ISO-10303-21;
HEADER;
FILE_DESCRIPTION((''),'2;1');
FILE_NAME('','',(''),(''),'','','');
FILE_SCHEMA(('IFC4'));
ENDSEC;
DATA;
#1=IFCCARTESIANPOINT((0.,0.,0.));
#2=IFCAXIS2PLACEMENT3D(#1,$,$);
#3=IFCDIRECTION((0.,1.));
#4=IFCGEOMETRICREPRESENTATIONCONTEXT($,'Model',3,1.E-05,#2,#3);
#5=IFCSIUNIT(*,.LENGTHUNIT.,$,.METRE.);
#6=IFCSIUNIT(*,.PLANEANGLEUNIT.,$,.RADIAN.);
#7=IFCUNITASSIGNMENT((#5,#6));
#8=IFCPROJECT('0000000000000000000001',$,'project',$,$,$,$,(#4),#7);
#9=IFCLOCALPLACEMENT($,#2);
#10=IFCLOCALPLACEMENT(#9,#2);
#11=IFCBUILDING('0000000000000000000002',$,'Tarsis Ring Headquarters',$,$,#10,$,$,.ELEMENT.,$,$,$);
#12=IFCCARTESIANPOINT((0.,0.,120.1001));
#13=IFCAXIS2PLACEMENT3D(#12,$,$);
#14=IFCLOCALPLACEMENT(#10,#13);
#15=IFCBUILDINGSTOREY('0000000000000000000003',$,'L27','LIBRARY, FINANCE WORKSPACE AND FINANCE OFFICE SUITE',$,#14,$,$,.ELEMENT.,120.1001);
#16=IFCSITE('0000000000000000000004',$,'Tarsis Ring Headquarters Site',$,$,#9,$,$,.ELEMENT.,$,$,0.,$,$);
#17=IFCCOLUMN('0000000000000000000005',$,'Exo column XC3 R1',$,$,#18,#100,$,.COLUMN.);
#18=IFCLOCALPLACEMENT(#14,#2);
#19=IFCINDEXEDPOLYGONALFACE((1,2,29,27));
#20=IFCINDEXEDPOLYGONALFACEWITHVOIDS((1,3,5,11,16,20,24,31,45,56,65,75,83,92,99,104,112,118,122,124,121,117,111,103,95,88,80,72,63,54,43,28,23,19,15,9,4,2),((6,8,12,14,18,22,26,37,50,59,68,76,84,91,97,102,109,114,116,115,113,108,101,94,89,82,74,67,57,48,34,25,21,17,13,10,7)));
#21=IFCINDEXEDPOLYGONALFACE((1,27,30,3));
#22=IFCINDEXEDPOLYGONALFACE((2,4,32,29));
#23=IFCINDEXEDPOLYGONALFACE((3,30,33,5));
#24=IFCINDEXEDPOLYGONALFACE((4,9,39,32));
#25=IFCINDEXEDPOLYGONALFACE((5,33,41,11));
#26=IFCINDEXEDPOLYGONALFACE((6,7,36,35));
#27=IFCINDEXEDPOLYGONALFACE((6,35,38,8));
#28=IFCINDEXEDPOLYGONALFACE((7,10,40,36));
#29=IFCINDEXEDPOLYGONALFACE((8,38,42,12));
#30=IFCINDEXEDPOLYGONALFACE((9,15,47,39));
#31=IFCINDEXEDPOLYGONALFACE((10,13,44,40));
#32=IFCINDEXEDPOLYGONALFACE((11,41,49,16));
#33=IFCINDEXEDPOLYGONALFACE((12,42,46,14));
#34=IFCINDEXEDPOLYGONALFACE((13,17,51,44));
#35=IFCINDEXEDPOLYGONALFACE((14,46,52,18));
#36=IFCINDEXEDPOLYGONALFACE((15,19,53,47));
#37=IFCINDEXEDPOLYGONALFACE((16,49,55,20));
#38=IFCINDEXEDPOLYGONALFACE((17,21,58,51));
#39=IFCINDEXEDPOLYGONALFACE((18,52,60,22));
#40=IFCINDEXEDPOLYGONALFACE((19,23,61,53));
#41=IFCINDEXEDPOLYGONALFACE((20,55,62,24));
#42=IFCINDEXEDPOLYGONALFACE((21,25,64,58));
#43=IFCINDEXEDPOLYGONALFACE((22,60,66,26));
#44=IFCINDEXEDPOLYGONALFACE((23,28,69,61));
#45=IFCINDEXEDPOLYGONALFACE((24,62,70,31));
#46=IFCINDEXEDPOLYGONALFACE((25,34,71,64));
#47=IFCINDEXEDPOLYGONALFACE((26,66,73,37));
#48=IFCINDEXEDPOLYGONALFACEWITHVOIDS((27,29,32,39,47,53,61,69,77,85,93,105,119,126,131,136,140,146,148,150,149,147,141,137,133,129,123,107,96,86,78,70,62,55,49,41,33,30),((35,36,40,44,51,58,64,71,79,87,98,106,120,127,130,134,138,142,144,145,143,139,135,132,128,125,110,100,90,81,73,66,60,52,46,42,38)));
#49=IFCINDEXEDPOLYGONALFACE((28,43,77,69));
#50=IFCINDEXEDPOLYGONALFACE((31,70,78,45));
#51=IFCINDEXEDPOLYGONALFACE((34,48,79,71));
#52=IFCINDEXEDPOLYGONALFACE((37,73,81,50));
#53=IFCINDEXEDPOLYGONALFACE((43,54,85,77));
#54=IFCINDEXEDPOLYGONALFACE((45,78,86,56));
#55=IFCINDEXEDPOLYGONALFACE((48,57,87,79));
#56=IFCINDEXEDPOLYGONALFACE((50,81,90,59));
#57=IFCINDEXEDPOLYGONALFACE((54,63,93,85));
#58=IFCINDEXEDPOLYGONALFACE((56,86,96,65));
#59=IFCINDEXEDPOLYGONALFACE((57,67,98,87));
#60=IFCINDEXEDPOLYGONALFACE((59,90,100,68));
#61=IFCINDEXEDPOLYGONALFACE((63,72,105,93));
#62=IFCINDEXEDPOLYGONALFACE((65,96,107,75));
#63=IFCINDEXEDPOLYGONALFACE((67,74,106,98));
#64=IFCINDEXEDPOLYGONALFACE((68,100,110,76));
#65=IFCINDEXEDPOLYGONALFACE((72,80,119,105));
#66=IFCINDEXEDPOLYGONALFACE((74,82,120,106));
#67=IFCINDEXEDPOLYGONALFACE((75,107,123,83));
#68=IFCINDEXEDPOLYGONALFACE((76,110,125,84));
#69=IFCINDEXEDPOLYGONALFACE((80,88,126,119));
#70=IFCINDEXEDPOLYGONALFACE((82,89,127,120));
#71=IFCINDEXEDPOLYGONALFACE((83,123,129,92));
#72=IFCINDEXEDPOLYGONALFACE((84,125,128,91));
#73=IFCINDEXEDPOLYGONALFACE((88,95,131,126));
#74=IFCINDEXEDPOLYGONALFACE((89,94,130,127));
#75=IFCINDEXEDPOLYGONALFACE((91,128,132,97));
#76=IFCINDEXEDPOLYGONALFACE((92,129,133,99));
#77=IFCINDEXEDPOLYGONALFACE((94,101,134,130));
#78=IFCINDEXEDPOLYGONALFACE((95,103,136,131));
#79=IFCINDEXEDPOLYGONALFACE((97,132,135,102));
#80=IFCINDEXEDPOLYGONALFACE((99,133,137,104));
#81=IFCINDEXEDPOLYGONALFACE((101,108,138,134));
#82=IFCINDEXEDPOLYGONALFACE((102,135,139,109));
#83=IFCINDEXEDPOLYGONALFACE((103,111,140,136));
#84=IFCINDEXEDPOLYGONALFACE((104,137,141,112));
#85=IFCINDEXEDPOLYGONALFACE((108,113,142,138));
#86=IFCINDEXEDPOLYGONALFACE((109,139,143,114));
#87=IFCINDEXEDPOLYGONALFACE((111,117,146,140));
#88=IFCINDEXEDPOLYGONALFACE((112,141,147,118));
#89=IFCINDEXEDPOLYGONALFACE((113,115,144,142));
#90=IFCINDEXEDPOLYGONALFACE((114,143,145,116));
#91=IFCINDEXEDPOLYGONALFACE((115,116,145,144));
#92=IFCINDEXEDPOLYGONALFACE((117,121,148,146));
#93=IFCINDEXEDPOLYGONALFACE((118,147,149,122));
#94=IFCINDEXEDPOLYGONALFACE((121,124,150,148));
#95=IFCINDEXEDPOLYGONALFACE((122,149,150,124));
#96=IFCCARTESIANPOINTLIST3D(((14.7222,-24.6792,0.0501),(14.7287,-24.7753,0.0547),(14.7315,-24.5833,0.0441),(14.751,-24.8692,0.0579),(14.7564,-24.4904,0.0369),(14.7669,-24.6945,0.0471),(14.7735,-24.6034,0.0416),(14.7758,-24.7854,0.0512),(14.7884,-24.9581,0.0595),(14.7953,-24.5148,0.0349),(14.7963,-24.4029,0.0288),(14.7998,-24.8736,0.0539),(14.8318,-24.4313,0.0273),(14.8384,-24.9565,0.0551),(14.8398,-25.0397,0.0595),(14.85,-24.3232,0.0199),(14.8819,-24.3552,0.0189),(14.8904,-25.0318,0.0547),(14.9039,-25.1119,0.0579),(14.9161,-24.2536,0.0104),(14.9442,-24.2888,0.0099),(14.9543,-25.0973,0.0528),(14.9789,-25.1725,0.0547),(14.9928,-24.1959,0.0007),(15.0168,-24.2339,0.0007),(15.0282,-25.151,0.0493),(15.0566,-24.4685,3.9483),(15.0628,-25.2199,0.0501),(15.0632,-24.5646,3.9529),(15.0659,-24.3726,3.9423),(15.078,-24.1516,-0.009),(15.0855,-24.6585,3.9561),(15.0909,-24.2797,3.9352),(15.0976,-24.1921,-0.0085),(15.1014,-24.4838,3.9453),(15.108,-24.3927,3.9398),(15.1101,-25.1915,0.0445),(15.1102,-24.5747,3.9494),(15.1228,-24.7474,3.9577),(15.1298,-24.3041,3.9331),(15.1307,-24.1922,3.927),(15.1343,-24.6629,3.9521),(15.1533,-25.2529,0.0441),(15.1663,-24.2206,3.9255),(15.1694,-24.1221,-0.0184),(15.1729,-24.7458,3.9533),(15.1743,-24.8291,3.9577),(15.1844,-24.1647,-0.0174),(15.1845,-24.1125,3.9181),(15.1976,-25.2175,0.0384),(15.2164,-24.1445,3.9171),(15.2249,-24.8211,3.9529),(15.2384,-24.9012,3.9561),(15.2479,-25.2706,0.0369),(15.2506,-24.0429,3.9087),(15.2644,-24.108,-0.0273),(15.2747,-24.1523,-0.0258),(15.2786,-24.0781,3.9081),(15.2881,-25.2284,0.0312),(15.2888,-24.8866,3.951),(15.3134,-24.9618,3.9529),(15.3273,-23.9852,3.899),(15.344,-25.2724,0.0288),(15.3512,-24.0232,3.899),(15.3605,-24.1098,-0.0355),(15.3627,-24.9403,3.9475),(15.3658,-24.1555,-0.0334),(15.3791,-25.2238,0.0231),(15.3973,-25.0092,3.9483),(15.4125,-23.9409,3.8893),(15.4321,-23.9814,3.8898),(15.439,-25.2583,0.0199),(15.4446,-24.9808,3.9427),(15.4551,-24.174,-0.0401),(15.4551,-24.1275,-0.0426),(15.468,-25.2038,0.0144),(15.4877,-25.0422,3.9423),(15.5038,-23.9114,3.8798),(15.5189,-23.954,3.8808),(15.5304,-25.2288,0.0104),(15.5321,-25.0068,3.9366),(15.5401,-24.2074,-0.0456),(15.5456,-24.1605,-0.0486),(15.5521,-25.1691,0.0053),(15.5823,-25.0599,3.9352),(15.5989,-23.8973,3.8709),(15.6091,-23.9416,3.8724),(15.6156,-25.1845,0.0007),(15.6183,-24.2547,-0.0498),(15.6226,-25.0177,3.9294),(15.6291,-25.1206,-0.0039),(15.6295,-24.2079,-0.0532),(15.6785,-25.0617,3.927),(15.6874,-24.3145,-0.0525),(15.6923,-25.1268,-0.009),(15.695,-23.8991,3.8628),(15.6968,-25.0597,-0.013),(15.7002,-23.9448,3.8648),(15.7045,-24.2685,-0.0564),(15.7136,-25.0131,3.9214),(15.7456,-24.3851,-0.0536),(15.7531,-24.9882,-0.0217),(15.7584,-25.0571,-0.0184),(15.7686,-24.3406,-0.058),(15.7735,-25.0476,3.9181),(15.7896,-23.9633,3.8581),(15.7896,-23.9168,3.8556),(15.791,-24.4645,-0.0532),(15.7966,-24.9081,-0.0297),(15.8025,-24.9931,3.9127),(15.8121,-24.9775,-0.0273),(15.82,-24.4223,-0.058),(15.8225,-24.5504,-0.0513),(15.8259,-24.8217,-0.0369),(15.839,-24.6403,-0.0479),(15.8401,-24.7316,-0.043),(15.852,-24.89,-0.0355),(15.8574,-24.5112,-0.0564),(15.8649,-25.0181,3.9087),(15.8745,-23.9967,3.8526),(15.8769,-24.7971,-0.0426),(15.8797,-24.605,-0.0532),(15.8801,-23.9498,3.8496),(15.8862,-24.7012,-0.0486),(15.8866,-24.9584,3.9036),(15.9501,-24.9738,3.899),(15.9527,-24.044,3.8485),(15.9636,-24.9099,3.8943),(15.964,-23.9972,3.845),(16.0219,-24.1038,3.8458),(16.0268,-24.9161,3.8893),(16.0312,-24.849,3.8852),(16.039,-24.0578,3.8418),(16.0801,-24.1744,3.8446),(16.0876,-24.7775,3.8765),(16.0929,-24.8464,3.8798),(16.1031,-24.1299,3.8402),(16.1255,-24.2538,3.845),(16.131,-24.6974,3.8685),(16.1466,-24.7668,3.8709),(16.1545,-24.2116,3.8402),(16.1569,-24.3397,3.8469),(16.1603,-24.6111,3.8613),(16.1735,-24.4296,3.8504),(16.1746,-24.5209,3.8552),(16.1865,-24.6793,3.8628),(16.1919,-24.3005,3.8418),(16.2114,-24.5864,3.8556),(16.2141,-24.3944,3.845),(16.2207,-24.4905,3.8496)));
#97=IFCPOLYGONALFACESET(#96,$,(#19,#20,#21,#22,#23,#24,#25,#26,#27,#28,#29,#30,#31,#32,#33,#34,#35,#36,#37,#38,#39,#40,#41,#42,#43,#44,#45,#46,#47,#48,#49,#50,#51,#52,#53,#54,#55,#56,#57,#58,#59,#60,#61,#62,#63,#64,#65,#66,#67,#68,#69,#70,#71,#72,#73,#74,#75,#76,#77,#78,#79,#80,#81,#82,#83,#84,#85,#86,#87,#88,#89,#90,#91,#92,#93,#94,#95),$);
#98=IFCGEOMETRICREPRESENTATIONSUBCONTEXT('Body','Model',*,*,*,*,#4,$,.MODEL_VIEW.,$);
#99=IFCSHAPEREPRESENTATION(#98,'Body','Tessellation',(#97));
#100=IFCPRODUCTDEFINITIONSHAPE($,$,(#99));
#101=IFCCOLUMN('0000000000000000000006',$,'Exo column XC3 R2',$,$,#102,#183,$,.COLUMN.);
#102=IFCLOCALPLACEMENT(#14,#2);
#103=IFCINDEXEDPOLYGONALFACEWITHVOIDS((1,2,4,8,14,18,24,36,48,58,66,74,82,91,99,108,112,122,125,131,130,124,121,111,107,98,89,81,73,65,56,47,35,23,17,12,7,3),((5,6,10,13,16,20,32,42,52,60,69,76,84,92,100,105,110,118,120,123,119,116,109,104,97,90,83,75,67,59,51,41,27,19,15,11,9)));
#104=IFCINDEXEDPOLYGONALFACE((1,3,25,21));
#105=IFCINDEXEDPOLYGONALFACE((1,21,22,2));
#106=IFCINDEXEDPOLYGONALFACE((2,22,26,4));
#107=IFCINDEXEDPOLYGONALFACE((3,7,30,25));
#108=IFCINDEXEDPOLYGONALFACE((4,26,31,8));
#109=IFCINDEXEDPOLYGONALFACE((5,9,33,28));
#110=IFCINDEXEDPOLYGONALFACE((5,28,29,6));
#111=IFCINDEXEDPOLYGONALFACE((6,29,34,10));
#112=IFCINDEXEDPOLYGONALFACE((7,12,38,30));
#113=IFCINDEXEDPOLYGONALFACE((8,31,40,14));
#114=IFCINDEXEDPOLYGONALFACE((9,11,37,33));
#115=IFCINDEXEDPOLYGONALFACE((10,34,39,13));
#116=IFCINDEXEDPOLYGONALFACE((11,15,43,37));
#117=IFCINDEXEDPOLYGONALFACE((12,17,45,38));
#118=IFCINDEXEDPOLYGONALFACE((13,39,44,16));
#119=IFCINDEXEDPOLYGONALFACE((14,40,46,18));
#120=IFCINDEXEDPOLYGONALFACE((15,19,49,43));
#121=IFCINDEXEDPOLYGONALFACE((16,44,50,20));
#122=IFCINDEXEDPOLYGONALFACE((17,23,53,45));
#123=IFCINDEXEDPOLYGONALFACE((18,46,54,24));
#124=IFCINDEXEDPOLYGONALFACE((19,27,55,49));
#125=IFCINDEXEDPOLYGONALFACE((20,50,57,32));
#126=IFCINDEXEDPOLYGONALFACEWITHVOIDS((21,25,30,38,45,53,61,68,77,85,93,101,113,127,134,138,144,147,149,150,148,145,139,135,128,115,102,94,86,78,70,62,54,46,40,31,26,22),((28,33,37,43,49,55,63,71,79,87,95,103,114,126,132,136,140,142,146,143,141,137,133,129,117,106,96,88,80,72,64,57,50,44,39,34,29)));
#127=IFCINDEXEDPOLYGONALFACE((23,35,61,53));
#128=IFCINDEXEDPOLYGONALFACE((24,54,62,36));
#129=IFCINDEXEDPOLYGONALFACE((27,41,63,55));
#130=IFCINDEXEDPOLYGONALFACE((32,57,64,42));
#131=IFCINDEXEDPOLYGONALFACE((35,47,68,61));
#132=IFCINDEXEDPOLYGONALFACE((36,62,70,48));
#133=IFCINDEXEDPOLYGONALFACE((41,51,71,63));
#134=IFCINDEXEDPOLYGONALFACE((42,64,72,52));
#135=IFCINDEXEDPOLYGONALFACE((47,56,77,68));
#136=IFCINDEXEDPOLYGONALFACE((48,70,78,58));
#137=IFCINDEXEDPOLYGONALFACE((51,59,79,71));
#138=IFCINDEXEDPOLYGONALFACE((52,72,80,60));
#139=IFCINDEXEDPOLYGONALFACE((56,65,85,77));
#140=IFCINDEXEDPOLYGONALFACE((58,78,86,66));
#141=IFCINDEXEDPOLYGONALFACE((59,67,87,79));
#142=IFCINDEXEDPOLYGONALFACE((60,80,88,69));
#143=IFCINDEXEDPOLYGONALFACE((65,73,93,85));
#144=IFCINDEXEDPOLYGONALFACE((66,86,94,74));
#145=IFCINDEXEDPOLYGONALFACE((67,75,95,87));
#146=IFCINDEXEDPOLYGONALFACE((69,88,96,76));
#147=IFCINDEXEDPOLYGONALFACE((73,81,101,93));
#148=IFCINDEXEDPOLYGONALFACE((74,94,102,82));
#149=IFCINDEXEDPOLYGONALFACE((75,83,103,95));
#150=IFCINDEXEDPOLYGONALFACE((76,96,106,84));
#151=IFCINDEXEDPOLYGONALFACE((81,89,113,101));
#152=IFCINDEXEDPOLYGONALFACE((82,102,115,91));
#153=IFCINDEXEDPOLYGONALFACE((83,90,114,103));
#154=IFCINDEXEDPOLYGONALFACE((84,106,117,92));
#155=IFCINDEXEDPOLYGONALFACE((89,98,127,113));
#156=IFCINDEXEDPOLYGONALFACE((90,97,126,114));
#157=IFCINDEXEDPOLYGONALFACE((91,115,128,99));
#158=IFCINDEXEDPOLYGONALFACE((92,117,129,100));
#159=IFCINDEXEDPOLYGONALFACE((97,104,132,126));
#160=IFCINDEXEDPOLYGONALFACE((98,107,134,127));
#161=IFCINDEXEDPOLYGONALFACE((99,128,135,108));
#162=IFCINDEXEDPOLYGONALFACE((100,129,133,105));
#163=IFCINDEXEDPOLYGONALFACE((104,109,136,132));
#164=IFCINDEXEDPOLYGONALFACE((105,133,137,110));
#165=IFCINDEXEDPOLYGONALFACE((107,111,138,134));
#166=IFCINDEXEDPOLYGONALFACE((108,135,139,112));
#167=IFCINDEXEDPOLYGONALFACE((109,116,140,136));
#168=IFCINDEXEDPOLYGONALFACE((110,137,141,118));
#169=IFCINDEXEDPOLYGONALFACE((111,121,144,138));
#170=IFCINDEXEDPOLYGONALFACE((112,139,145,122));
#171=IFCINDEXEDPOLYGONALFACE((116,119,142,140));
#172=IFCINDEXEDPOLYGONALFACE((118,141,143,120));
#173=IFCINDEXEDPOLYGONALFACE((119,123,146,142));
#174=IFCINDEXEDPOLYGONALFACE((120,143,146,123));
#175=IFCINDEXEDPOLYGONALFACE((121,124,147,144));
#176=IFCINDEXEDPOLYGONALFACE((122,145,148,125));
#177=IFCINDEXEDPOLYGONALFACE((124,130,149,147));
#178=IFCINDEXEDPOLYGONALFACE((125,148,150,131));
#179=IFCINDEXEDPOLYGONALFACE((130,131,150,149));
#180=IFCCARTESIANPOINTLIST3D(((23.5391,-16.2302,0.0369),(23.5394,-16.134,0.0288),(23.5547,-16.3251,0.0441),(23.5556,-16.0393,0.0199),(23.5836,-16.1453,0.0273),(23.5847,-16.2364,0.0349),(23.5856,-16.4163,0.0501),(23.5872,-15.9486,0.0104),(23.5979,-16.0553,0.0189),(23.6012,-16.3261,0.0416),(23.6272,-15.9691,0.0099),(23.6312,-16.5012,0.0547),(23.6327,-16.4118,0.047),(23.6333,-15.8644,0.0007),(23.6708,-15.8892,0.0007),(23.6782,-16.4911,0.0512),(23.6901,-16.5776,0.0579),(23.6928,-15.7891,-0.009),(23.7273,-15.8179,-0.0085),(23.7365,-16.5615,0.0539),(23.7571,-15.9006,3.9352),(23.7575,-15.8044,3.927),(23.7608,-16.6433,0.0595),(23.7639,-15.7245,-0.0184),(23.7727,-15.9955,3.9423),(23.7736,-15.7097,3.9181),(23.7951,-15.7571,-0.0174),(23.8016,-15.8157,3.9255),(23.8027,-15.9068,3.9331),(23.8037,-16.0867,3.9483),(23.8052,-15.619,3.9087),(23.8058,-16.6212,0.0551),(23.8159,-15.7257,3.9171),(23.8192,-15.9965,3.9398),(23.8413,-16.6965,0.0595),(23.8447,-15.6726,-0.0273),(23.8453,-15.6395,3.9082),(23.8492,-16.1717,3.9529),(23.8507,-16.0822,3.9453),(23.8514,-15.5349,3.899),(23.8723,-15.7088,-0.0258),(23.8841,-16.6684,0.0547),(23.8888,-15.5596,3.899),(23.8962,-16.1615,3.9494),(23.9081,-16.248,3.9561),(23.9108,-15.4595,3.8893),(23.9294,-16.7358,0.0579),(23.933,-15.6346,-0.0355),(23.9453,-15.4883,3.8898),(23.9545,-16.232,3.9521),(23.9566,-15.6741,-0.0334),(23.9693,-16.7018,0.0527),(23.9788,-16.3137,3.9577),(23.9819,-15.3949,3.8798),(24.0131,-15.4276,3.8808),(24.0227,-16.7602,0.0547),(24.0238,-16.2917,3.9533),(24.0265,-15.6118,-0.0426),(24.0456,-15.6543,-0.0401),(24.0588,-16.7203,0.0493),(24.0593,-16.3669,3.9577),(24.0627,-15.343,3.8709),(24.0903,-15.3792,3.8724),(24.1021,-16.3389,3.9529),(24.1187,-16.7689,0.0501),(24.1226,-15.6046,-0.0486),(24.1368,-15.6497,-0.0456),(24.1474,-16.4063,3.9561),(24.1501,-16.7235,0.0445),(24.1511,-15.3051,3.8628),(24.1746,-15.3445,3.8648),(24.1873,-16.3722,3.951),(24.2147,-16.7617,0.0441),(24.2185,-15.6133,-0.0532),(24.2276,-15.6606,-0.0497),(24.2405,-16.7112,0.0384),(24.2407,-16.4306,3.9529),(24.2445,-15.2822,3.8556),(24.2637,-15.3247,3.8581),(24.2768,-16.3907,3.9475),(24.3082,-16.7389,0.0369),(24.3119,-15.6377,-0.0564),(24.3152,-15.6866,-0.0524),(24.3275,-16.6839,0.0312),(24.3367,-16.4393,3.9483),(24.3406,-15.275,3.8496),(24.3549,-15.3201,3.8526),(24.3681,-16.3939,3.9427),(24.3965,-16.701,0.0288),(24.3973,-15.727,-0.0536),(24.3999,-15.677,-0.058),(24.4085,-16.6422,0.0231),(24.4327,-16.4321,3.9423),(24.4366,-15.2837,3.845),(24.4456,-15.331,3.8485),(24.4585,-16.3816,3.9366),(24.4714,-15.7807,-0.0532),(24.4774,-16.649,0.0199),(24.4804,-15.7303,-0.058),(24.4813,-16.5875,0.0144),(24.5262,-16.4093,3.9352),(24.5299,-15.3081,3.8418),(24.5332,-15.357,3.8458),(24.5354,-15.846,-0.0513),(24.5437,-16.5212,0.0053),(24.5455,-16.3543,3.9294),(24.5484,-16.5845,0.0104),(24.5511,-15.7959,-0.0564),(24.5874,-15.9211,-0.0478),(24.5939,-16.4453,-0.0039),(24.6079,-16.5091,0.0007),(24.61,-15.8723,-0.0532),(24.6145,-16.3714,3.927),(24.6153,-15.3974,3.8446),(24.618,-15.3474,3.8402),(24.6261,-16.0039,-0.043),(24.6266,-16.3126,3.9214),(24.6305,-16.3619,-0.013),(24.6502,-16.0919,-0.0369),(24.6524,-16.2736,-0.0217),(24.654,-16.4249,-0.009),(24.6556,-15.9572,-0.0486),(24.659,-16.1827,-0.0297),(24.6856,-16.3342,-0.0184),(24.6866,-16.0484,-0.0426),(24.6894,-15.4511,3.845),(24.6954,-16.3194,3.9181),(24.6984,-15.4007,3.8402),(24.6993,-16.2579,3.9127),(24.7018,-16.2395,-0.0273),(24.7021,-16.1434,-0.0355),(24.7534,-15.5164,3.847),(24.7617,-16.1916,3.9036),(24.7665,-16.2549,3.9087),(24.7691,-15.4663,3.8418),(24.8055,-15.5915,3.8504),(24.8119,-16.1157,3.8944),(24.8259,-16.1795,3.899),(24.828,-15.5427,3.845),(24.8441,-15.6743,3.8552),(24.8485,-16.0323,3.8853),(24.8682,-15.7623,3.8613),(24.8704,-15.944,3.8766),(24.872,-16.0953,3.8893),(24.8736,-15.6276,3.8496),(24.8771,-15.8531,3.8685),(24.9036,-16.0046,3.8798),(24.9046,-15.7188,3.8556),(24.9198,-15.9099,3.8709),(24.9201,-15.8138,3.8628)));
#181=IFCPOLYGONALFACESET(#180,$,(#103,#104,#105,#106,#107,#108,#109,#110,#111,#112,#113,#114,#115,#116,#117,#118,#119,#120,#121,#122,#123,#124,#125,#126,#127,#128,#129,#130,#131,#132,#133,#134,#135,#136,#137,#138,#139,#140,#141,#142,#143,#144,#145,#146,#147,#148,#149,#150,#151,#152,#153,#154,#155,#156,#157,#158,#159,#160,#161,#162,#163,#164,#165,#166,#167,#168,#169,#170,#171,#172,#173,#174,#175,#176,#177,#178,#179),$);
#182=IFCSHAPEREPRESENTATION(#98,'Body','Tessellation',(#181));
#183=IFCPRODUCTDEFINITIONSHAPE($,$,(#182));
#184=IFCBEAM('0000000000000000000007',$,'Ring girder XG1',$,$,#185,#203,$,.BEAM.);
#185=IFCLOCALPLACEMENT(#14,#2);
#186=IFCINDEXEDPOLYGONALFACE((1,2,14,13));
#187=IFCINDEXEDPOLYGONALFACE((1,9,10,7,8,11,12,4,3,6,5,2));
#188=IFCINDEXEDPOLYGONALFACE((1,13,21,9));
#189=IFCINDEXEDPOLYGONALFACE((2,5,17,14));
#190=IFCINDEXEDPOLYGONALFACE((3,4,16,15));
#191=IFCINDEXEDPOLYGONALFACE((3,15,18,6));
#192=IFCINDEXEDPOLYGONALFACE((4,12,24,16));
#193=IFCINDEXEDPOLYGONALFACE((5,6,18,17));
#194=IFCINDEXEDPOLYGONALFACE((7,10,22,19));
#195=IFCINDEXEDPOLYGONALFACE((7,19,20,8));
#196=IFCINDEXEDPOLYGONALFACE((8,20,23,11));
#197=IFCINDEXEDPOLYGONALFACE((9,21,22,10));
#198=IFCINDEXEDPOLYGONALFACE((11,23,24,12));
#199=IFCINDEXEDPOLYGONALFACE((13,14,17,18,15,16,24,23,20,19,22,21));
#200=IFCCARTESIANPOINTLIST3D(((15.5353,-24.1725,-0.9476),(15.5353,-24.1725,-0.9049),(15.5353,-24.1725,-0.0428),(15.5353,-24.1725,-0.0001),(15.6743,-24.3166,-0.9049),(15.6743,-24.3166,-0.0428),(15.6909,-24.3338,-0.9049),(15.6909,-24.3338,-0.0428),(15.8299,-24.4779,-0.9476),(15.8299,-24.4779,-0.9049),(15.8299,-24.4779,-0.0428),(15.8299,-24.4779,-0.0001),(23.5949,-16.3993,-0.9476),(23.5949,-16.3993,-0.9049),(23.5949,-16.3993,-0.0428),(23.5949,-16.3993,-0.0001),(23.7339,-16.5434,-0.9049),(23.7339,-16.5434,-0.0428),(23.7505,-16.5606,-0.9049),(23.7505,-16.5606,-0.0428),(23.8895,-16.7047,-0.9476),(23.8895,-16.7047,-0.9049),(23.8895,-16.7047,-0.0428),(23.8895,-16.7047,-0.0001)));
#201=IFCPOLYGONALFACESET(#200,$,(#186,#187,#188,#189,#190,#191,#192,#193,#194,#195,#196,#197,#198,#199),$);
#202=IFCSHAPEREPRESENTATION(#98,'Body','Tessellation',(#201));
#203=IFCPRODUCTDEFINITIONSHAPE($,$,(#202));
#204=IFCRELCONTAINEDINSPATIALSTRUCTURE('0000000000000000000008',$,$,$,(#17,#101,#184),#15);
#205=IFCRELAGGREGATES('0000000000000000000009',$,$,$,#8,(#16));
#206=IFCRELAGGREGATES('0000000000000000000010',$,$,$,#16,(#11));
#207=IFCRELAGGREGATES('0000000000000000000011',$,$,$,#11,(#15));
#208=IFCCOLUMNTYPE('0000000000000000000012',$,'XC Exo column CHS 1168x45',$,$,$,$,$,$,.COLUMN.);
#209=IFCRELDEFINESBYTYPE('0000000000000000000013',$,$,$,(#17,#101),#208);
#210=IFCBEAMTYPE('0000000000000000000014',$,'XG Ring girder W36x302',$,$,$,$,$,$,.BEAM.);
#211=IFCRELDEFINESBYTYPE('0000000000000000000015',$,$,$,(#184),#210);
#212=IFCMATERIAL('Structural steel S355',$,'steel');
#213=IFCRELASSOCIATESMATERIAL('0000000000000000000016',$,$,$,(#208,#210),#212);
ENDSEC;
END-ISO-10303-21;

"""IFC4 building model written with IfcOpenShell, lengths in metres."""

from ifc_helpers import new_model, si_unit, direction, frame, origin, origin_2d, place, context, subcontext, project, spatial, hollow_circle, i_section, extrude, material, material_profile, profile_set, type_object, element, save


model = new_model("IFC4")

# Units and contexts
model_context = context("Model", 3, precision=1e-05, world=origin(), true_north=direction((0.0, 1.0)))
body_context = subcontext(model_context, "Body", "Model", "MODEL_VIEW")
ifc_project = project(units=[si_unit("LENGTHUNIT", "METRE"), si_unit("PLANEANGLEUNIT", "RADIAN")], contexts=[model_context])

# Site, building, storey
site_placement = place(None, origin())
site = spatial("IfcSite", under=ifc_project, at=site_placement, Name="Tarsis Ring Headquarters Site", CompositionType="ELEMENT", RefElevation=0.0)
building_placement = place(site_placement, origin())
building = spatial("IfcBuilding", under=site, at=building_placement, Name="Tarsis Ring Headquarters", CompositionType="ELEMENT")
storey_placement = place(building_placement, frame((0.0, 0.0, 120.1001)))
storey = spatial("IfcBuildingStorey", under=building, at=storey_placement, Name="L27", Description="LIBRARY, FINANCE WORKSPACE AND FINANCE OFFICE SUITE", CompositionType="ELEMENT", Elevation=120.1001)

# Columns
ifc_material_1 = material(Name="Structural steel S355", Category="steel")
ifc_material_profile_1 = material_profile(ifc_material_1, hollow_circle(Radius=0.5842, WallThickness=0.0449, at=origin_2d()), Name="CHS 1168x45")
ifc_profile_set_1 = profile_set([ifc_material_profile_1], Name="Structural steel S355")
column_type = type_object("IfcColumnType", Name="XC Exo column CHS 1168x45", PredefinedType="COLUMN", material=ifc_profile_set_1)
for number, where, z_axis, x_axis, name in (
    (1, (15.3042, -24.6902, 0.0007), (0.085364, 0.053773, 0.994898), (-0.532993, 0.846119, 0.0), "Exo column XC3 R1"),
    (2, (24.1206, -16.1868, 0.0007), (0.055643, 0.084118, 0.994901), (-0.834041, 0.551703, 0.0), "Exo column XC3 R2"),
):
    element("IfcColumn", number, at=place(storey_placement, frame(where, z_axis=z_axis, x_axis=x_axis)), inside=storey, type_object=column_type, Name=name, PredefinedType="COLUMN", context=body_context, shape_type="SweptSolid", body=[
        extrude(hollow_circle(Radius=0.5842, WallThickness=0.0449, at=origin_2d()), origin(), (0.0, 0.0, 1.0), 3.9182),
    ])

# Beam
ifc_material_profile_2 = material_profile(ifc_material_1, i_section(OverallWidth=0.4243, OverallDepth=0.9475, WebThickness=0.0239, FlangeThickness=0.0427, at=origin_2d()), Name="W36x302")
ifc_profile_set_2 = profile_set([ifc_material_profile_2], Name="Structural steel S355")
beam_type = type_object("IfcBeamType", Name="XG Ring girder W36x302", PredefinedType="BEAM", material=ifc_profile_set_2)
for number, where, z_axis, x_axis, name in (
    (3, (15.6826, -24.3252, -0.4739), (0.719779, 0.694203, 0.0), (-0.694203, 0.719779, 0.0), "Ring girder XG1"),
):
    element("IfcBeam", number, at=place(storey_placement, frame(where, z_axis=z_axis, x_axis=x_axis)), inside=storey, type_object=beam_type, Name=name, PredefinedType="BEAM", context=body_context, shape_type="SweptSolid", body=[
        extrude(i_section(OverallWidth=0.4243, OverallDepth=0.9475, WebThickness=0.0239, FlangeThickness=0.0427, at=origin_2d()), origin(), (0.0, 0.0, 1.0), 11.1973),
    ])

save(model, "model.ifc")
